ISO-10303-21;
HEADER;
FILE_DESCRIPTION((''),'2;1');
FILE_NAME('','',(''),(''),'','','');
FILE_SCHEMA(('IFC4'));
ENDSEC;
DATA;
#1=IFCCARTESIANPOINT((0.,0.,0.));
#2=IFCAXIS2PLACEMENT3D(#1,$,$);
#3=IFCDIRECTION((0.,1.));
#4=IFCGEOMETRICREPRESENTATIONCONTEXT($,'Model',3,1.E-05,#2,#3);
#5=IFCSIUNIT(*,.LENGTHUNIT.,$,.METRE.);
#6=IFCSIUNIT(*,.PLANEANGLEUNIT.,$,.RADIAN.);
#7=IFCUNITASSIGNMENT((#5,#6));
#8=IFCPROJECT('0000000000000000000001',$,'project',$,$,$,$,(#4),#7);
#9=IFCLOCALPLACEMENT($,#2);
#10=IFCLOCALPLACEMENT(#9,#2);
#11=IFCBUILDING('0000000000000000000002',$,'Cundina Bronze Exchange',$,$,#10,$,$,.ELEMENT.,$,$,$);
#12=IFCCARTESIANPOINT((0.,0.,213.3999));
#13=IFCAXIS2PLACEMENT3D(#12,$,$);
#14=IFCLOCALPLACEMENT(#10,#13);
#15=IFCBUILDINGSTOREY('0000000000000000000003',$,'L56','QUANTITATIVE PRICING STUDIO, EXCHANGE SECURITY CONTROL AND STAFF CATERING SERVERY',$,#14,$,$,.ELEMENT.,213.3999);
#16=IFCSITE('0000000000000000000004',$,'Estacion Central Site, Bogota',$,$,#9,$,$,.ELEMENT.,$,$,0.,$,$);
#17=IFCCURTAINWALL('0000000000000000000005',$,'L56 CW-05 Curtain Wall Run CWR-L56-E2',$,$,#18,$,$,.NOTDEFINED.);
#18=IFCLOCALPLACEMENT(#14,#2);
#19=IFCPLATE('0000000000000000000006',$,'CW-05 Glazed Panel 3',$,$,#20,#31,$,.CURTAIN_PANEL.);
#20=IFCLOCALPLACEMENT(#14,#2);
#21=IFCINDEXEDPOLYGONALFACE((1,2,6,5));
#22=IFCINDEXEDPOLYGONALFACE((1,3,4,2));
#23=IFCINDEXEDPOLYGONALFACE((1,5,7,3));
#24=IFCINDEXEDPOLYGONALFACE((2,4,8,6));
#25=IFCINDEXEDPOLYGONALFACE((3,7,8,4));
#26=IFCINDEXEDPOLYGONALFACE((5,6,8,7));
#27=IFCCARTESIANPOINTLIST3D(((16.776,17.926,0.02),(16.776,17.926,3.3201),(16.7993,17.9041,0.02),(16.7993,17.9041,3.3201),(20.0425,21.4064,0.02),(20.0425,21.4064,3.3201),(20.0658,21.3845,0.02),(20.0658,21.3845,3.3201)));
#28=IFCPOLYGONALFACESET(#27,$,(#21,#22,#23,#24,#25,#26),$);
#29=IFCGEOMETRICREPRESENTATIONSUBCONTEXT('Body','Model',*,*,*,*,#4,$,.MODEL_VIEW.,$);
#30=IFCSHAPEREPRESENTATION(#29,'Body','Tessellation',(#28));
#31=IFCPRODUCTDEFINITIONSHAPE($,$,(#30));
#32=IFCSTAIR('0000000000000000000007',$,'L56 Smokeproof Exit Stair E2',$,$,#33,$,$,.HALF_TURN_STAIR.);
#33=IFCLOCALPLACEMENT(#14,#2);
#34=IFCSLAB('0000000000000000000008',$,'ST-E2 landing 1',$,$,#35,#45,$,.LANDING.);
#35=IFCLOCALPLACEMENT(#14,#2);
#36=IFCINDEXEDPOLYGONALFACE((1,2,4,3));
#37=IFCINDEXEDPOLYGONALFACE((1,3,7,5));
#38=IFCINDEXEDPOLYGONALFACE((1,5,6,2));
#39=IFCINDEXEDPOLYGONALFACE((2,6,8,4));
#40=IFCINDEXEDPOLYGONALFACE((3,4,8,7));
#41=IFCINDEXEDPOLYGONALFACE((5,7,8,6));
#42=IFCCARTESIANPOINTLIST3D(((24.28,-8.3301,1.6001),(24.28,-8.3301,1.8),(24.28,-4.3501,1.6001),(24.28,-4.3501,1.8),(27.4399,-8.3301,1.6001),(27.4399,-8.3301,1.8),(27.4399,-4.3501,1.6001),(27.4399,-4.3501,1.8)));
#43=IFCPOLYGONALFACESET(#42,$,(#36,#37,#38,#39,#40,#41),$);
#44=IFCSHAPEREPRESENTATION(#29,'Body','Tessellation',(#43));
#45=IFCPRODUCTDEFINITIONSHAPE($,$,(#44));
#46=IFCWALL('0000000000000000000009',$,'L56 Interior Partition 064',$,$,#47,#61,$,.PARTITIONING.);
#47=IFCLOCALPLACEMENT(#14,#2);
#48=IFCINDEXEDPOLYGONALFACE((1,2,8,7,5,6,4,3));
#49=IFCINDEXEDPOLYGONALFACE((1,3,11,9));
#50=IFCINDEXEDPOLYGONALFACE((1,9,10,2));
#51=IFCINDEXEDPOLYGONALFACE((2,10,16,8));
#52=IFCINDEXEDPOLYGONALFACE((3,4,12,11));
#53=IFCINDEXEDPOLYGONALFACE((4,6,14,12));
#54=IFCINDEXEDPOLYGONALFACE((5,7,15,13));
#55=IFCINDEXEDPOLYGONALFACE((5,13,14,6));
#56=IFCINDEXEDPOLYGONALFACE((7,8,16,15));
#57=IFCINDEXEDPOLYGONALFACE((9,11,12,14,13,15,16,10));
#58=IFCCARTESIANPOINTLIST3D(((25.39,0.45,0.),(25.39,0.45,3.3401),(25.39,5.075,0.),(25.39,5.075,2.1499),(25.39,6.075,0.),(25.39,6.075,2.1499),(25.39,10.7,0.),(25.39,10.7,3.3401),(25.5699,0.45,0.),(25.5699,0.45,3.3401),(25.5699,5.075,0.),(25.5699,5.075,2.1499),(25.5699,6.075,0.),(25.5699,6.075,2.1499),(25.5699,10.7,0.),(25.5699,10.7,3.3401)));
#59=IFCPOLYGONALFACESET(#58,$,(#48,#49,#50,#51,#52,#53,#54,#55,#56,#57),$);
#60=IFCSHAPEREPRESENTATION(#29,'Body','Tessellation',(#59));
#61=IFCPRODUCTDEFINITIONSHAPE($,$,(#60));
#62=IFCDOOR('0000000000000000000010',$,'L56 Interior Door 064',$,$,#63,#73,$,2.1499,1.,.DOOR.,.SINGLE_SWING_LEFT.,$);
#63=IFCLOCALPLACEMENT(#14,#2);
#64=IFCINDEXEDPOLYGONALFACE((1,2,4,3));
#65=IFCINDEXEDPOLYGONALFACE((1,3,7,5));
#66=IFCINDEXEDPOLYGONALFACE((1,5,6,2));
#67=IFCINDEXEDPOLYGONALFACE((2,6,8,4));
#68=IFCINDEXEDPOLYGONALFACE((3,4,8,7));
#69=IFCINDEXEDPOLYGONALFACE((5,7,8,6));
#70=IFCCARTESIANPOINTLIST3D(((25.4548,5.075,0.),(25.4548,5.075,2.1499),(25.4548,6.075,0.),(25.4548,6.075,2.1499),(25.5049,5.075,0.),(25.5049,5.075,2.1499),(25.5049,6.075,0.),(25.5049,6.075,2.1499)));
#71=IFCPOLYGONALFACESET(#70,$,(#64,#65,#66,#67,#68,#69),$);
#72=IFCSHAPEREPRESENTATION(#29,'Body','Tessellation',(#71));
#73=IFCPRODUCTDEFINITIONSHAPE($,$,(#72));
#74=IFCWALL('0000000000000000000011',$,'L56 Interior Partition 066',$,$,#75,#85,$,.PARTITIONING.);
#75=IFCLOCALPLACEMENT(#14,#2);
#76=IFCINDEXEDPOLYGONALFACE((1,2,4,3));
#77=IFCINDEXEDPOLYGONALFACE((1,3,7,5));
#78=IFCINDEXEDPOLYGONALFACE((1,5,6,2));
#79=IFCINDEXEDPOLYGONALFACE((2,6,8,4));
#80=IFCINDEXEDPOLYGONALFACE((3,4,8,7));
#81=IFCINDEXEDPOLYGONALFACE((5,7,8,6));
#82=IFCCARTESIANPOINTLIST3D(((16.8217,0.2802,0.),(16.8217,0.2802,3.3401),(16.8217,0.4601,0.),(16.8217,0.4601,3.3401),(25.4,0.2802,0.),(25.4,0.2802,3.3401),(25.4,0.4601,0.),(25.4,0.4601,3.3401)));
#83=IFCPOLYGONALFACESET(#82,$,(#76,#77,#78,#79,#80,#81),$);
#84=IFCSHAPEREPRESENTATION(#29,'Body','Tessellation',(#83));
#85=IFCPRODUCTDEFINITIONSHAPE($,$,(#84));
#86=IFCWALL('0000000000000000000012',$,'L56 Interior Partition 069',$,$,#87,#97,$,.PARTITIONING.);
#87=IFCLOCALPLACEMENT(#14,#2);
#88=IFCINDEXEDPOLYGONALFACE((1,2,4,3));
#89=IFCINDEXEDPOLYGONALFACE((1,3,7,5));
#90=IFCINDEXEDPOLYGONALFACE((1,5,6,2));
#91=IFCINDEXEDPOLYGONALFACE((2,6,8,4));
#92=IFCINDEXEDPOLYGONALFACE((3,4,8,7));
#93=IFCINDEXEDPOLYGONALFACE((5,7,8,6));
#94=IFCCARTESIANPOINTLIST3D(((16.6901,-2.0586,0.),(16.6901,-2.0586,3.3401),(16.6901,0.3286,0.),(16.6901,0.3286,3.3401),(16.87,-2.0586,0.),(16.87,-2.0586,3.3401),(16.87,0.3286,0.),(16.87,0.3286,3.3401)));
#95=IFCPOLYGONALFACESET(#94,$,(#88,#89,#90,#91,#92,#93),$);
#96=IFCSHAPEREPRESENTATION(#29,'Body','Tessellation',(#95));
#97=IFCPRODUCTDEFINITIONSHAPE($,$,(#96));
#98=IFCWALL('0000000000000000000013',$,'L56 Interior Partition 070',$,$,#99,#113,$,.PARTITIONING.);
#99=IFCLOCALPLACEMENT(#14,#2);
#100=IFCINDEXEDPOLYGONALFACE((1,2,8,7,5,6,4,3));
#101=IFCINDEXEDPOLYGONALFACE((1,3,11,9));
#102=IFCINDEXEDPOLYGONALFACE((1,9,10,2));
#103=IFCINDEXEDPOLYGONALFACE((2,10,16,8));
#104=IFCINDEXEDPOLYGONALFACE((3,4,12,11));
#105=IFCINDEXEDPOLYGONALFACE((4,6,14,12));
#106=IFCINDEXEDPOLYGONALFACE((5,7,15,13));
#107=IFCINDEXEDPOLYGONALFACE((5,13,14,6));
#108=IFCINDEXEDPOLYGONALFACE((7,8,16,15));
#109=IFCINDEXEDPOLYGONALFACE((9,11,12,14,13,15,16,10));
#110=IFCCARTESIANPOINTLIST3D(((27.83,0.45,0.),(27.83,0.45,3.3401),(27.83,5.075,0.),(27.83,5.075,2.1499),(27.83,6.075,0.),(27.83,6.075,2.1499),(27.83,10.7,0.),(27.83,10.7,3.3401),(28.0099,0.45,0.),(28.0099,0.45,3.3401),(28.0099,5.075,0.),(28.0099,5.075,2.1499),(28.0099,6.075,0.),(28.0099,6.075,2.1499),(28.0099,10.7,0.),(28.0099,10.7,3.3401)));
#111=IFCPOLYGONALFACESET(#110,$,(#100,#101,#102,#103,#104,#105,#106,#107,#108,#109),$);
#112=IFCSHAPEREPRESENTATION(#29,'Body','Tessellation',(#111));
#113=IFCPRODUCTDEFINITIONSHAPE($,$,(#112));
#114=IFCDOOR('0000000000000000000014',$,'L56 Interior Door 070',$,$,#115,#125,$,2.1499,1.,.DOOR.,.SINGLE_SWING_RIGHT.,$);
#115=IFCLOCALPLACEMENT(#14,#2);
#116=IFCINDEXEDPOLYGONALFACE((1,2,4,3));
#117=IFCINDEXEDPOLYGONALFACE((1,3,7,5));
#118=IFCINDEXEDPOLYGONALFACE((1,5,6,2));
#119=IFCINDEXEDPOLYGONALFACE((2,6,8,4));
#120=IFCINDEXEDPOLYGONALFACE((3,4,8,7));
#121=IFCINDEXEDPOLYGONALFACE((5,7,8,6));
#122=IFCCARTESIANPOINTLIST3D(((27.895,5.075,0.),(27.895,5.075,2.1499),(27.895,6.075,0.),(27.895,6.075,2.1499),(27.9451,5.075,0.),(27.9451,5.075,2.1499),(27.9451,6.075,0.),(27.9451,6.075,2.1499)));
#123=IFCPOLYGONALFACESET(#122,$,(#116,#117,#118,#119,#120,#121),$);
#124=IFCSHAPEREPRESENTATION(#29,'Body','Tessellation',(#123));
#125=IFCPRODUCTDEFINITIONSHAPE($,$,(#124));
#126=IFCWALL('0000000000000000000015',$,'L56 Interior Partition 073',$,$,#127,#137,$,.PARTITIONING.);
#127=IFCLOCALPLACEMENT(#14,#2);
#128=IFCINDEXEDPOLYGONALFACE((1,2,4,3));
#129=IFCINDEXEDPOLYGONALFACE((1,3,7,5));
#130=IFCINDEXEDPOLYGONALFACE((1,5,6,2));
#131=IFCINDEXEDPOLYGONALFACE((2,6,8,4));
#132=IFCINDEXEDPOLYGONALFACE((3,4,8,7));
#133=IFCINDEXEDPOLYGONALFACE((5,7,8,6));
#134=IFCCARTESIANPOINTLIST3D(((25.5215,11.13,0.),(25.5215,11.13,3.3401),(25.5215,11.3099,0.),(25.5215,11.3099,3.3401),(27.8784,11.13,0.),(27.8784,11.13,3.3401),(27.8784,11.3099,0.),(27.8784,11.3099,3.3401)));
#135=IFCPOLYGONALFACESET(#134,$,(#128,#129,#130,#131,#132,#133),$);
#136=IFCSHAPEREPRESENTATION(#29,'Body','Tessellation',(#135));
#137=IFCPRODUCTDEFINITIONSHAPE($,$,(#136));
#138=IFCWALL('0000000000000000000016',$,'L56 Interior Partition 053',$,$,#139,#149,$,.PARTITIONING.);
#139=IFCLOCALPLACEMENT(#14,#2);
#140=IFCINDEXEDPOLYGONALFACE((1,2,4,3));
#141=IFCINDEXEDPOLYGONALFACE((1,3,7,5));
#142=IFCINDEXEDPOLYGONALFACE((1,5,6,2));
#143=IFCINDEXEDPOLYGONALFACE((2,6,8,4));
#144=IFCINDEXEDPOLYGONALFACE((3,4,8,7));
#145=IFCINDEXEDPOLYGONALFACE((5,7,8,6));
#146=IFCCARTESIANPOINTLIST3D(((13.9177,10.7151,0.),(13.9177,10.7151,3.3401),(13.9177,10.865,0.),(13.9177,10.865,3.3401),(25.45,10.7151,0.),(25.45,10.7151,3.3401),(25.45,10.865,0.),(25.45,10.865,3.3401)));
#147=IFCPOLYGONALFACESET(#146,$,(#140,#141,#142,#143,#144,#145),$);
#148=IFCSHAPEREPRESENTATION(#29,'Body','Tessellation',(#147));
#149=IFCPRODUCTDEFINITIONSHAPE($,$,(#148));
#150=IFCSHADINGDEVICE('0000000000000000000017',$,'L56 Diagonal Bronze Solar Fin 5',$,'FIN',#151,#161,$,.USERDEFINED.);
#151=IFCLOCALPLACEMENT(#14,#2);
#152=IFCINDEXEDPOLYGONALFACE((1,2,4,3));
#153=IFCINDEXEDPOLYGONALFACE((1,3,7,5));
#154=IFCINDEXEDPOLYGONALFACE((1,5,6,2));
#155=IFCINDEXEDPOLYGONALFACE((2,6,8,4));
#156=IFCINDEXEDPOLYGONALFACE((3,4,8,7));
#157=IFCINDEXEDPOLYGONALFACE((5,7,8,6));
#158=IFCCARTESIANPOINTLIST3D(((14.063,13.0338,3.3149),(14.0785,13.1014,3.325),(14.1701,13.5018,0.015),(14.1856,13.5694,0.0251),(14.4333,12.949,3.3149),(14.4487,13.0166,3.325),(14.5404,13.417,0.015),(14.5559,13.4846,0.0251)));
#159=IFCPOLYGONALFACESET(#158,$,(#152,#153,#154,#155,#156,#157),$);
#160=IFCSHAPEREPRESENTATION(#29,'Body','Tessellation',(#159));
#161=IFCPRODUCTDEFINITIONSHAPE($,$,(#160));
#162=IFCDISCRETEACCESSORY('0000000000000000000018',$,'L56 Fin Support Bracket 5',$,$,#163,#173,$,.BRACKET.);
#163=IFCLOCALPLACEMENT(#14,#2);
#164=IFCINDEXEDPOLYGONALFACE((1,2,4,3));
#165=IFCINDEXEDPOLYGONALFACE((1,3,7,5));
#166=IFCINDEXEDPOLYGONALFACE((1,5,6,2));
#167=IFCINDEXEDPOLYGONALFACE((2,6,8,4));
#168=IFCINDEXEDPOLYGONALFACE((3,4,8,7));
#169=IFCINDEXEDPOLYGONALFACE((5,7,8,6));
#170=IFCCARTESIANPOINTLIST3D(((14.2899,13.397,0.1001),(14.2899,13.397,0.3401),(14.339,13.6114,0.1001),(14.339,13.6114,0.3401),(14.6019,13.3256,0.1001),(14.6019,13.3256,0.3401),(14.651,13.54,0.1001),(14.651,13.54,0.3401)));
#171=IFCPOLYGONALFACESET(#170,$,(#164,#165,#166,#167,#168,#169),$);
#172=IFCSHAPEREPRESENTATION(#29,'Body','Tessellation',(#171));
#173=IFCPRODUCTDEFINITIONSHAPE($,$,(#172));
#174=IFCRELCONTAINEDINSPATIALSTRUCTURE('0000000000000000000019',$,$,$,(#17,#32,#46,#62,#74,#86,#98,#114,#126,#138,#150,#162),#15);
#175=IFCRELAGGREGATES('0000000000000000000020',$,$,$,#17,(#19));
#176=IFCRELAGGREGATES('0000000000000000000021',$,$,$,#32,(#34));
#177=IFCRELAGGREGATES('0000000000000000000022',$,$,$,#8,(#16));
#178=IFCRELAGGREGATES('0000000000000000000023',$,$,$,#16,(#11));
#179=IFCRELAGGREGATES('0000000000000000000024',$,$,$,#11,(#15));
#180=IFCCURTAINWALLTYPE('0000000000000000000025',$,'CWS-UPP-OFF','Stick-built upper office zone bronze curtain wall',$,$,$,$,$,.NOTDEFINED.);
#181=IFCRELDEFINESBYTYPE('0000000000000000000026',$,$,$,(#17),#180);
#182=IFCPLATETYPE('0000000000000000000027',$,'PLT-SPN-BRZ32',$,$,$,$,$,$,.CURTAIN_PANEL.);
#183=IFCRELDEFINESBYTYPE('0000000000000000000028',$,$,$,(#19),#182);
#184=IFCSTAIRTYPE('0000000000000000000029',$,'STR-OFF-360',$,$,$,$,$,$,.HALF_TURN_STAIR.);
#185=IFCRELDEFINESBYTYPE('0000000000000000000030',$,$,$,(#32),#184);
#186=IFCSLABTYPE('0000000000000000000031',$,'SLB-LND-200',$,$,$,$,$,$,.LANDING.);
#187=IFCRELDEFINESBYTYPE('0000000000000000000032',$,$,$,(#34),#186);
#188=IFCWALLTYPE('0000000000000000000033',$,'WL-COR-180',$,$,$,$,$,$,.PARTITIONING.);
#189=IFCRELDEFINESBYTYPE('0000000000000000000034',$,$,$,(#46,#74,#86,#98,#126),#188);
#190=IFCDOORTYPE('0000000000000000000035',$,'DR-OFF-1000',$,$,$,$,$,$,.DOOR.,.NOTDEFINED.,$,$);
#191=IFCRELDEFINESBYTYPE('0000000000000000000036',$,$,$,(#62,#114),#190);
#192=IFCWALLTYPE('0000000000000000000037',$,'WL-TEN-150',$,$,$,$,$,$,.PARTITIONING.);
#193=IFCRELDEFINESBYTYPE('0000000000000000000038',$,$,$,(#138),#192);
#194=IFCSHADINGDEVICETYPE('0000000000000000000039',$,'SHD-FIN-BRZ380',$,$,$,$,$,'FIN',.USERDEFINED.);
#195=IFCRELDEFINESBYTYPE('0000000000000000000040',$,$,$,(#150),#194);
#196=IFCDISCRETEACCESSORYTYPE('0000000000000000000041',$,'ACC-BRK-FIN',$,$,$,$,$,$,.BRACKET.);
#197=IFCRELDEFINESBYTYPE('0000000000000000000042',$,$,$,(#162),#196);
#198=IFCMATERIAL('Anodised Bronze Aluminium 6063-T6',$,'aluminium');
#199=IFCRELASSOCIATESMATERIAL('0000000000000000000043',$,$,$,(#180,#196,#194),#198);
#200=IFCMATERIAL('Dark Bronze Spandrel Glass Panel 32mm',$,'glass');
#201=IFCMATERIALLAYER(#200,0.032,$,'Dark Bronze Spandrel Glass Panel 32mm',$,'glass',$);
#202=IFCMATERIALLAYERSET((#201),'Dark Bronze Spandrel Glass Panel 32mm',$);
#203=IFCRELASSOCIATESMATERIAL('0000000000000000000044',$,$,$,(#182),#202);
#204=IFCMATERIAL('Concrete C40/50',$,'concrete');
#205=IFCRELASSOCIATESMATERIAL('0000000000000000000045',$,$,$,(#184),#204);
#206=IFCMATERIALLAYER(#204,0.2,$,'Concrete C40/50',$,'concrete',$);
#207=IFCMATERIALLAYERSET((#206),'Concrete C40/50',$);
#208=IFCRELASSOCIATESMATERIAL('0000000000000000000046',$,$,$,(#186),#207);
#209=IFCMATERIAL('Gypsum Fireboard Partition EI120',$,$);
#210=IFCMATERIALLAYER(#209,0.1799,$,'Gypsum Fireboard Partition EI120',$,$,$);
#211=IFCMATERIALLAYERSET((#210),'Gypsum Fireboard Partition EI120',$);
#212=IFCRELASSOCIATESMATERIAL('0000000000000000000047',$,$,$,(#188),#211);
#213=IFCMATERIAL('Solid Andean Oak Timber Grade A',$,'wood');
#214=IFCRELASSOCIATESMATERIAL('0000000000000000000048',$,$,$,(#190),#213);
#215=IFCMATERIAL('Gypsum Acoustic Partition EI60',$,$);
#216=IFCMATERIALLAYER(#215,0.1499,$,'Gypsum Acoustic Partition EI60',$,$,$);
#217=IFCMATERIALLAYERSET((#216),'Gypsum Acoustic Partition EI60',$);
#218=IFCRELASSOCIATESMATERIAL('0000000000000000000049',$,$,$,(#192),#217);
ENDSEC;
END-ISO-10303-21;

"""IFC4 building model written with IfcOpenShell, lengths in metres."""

from ifc_helpers import new_model, si_unit, direction, frame, frame_2d, origin, origin_2d, place, context, subcontext, project, spatial, polyline, rectangle, outline, extrude, material, layer, layer_set, material_profile, profile_set, type_object, element, fill, aggregate, save


model = new_model("IFC4")

# Units and contexts
model_context = context("Model", 3, precision=1e-05, world=origin(), true_north=direction((0.0, 1.0)))
body_context = subcontext(model_context, "Body", "Model", "MODEL_VIEW")
ifc_project = project(units=[si_unit("LENGTHUNIT", "METRE"), si_unit("PLANEANGLEUNIT", "RADIAN")], contexts=[model_context])

# Site, building, storey
site_placement = place(None, origin())
site = spatial("IfcSite", under=ifc_project, at=site_placement, Name="Estacion Central Site, Bogota", CompositionType="ELEMENT", RefElevation=0.0)
building_placement = place(site_placement, origin())
building = spatial("IfcBuilding", under=site, at=building_placement, Name="Cundina Bronze Exchange", CompositionType="ELEMENT")
storey_placement = place(building_placement, frame((0.0, 0.0, 213.3999)))
storey = spatial("IfcBuildingStorey", under=building, at=storey_placement, Name="L56", Description="QUANTITATIVE PRICING STUDIO, EXCHANGE SECURITY CONTROL AND STAFF CATERING SERVERY", CompositionType="ELEMENT", Elevation=213.3999)

# Curtain wall, plate
ifc_material_1 = material(Name="Anodised Bronze Aluminium 6063-T6", Category="aluminium")
curtain_wall_type = type_object("IfcCurtainWallType", Name="CWS-UPP-OFF", Description="Stick-built upper office zone bronze curtain wall", PredefinedType="NOTDEFINED", material=ifc_material_1)
curtain_wall_placement = place(storey_placement, origin())
curtain_wall = element("IfcCurtainWall", 1, at=curtain_wall_placement, inside=storey, type_object=curtain_wall_type, Name="L56 CW-05 Curtain Wall Run CWR-L56-E2", PredefinedType="NOTDEFINED")
ifc_material_2 = material(Name="Dark Bronze Spandrel Glass Panel 32mm", Category="glass")
ifc_layer_1 = layer(ifc_material_2, 0.032, Name="Dark Bronze Spandrel Glass Panel 32mm", Category="glass")
ifc_layer_set_1 = layer_set([ifc_layer_1], Name="Dark Bronze Spandrel Glass Panel 32mm")
plate_type_1 = type_object("IfcPlateType", Name="PLT-SPN-BRZ32", PredefinedType="CURTAIN_PANEL", material=ifc_layer_set_1)
plate_1_placement = place(storey_placement, frame((18.4209, 19.6553, 0.02), z_axis=(0.0, 0.0, 1.0), x_axis=(-0.684344, -0.72916, 0.0)))
plate_1 = element("IfcPlate", 2, at=plate_1_placement, type_object=plate_type_1, Name="CW-05 Glazed Panel 3", PredefinedType="CURTAIN_PANEL", context=body_context, shape_type="SweptSolid", body=[
    extrude(rectangle(XDim=4.7732, YDim=0.032, at=origin_2d()), origin(), (0.0, 0.0, 1.0), 3.3),
])
aggregate(curtain_wall, [plate_1])

# Stair, slab
ifc_material_3 = material(Name="Concrete C40/50", Category="concrete")
stair_type = type_object("IfcStairType", Name="STR-OFF-360", PredefinedType="HALF_TURN_STAIR", material=ifc_material_3)
stair_placement = place(storey_placement, origin())
stair = element("IfcStair", 3, at=stair_placement, inside=storey, type_object=stair_type, Name="L56 Smokeproof Exit Stair E2", PredefinedType="HALF_TURN_STAIR")
ifc_layer_2 = layer(ifc_material_3, 0.2, Name="Concrete C40/50", Category="concrete")
ifc_layer_set_2 = layer_set([ifc_layer_2], Name="Concrete C40/50")
slab_type = type_object("IfcSlabType", Name="SLB-LND-200", PredefinedType="LANDING", material=ifc_layer_set_2)
slab_placement = place(storey_placement, frame((0.0, 0.0, 1.6001)))
slab = element("IfcSlab", 4, at=slab_placement, type_object=slab_type, Name="ST-E2 landing 1", PredefinedType="LANDING", context=body_context, shape_type="SweptSolid", body=[
    extrude(outline(polyline([(27.4399, -8.3301), (27.4399, -4.3501), (24.28, -4.3501), (24.28, -8.3301), (27.4399, -8.3301)])), origin(), (0.0, 0.0, 1.0), 0.2),
])
aggregate(stair, [slab])

# Wall, opening, door
ifc_material_4 = material(Name="Gypsum Fireboard Partition EI120")
ifc_layer_3 = layer(ifc_material_4, 0.1799, Name="Gypsum Fireboard Partition EI120")
ifc_layer_set_3 = layer_set([ifc_layer_3], Name="Gypsum Fireboard Partition EI120")
wall_type_1 = type_object("IfcWallType", Name="WL-COR-180", PredefinedType="PARTITIONING", material=ifc_layer_set_3)
wall_1_placement = place(storey_placement, frame((25.48, 10.7, 0.0), z_axis=(0.0, 0.0, 1.0), x_axis=(0.0, -1.0, 0.0)))
wall_1 = element("IfcWall", 5, at=wall_1_placement, inside=storey, type_object=wall_type_1, Name="L56 Interior Partition 064", PredefinedType="PARTITIONING", context=body_context, shape_type="SweptSolid", body=[
    extrude(rectangle(XDim=10.25, YDim=0.1799, at=frame_2d((5.125, 0.0))), origin(), (0.0, 0.0, 1.0), 3.3401),
])
opening_1_placement = place(wall_1_placement, frame((4.625, 0.0, 0.0)))
opening_1 = element("IfcOpeningElement", 6, at=opening_1_placement, cuts=wall_1, PredefinedType="OPENING", context=body_context, shape_type="SweptSolid", body=[
    extrude(rectangle(XDim=1.0, YDim=2.1499, at=frame_2d((0.5, 1.075))), frame((0.0, 0.0999, 0.0), z_axis=(0.0, -1.0, 0.0), x_axis=(1.0, 0.0, 0.0)), (0.0, 0.0, 1.0), 0.2),
])
ifc_material_5 = material(Name="Solid Andean Oak Timber Grade A", Category="wood")
door_type = type_object("IfcDoorType", Name="DR-OFF-1000", OperationType="NOTDEFINED", PredefinedType="DOOR", material=ifc_material_5)
door_1_placement = place(opening_1_placement, origin())
door_1 = element("IfcDoor", 7, at=door_1_placement, inside=storey, type_object=door_type, Name="L56 Interior Door 064", OperationType="SINGLE_SWING_LEFT", OverallHeight=2.1499, OverallWidth=1.0, PredefinedType="DOOR", context=body_context, shape_type="SweptSolid", body=[
    extrude(rectangle(XDim=1.0, YDim=2.1499, at=frame_2d((0.5, 1.075))), frame((0.0, 0.0249, 0.0), z_axis=(0.0, -1.0, 0.0), x_axis=(1.0, 0.0, 0.0)), (0.0, 0.0, 1.0), 0.05),
])
fill(opening_1, door_1)

# Walls
wall_2_placement = place(storey_placement, frame((25.3999, 0.3701, 0.0), z_axis=(0.0, 0.0, 1.0), x_axis=(-1.0, 0.0, 0.0)))
element("IfcWall", 8, at=wall_2_placement, inside=storey, type_object=wall_type_1, Name="L56 Interior Partition 066", PredefinedType="PARTITIONING", context=body_context, shape_type="SweptSolid", body=[
    extrude(rectangle(XDim=8.5784, YDim=0.1799, at=frame_2d((4.2891, 0.0))), origin(), (0.0, 0.0, 1.0), 3.3401),
])
wall_3_placement = place(storey_placement, frame((16.78, 0.3286, 0.0), z_axis=(0.0, 0.0, 1.0), x_axis=(0.0, -1.0, 0.0)))
element("IfcWall", 9, at=wall_3_placement, inside=storey, type_object=wall_type_1, Name="L56 Interior Partition 069", PredefinedType="PARTITIONING", context=body_context, shape_type="SweptSolid", body=[
    extrude(rectangle(XDim=2.3872, YDim=0.1799, at=frame_2d((1.1936, 0.0))), origin(), (0.0, 0.0, 1.0), 3.3401),
])

# Wall, opening, door
wall_4_placement = place(storey_placement, frame((27.9199, 0.45, 0.0), z_axis=(0.0, 0.0, 1.0), x_axis=(0.0, 1.0, 0.0)))
wall_4 = element("IfcWall", 10, at=wall_4_placement, inside=storey, type_object=wall_type_1, Name="L56 Interior Partition 070", PredefinedType="PARTITIONING", context=body_context, shape_type="SweptSolid", body=[
    extrude(rectangle(XDim=10.25, YDim=0.1799, at=frame_2d((5.125, 0.0))), origin(), (0.0, 0.0, 1.0), 3.3401),
])
opening_2_placement = place(wall_4_placement, frame((4.625, 0.0, 0.0)))
opening_2 = element("IfcOpeningElement", 11, at=opening_2_placement, cuts=wall_4, PredefinedType="OPENING", context=body_context, shape_type="SweptSolid", body=[
    extrude(rectangle(XDim=1.0, YDim=2.1499, at=frame_2d((0.5, 1.075))), frame((0.0, 0.0999, 0.0), z_axis=(0.0, -1.0, 0.0), x_axis=(1.0, 0.0, 0.0)), (0.0, 0.0, 1.0), 0.2),
])
door_2_placement = place(opening_2_placement, origin())
door_2 = element("IfcDoor", 12, at=door_2_placement, inside=storey, type_object=door_type, Name="L56 Interior Door 070", OperationType="SINGLE_SWING_RIGHT", OverallHeight=2.1499, OverallWidth=1.0, PredefinedType="DOOR", context=body_context, shape_type="SweptSolid", body=[
    extrude(rectangle(XDim=1.0, YDim=2.1499, at=frame_2d((0.5, 1.075))), frame((0.0, 0.0249, 0.0), z_axis=(0.0, -1.0, 0.0), x_axis=(1.0, 0.0, 0.0)), (0.0, 0.0, 1.0), 0.05),
])
fill(opening_2, door_2)

# Walls
wall_5_placement = place(storey_placement, frame((27.8784, 11.22, 0.0), z_axis=(0.0, 0.0, 1.0), x_axis=(-1.0, 0.0, 0.0)))
element("IfcWall", 13, at=wall_5_placement, inside=storey, type_object=wall_type_1, Name="L56 Interior Partition 073", PredefinedType="PARTITIONING", context=body_context, shape_type="SweptSolid", body=[
    extrude(rectangle(XDim=2.3569, YDim=0.1799, at=frame_2d((1.1785, 0.0))), origin(), (0.0, 0.0, 1.0), 3.3401),
])
ifc_material_6 = material(Name="Gypsum Acoustic Partition EI60")
ifc_layer_4 = layer(ifc_material_6, 0.1499, Name="Gypsum Acoustic Partition EI60")
ifc_layer_set_4 = layer_set([ifc_layer_4], Name="Gypsum Acoustic Partition EI60")
wall_type_2 = type_object("IfcWallType", Name="WL-TEN-150", PredefinedType="PARTITIONING", material=ifc_layer_set_4)
wall_6_placement = place(storey_placement, frame((13.9177, 10.79, 0.0), z_axis=(0.0, 0.0, 1.0), x_axis=(1.0, 0.0, 0.0)))
element("IfcWall", 14, at=wall_6_placement, inside=storey, type_object=wall_type_2, Name="L56 Interior Partition 053", PredefinedType="PARTITIONING", context=body_context, shape_type="SweptSolid", body=[
    extrude(rectangle(XDim=11.5322, YDim=0.1499, at=frame_2d((5.7661, 0.0))), origin(), (0.0, 0.0, 1.0), 3.3401),
])

# Shading device
ifc_material_profile_1 = material_profile(ifc_material_1, rectangle(XDim=0.0701, YDim=0.3799, at=origin_2d()), Name="FIN70X380", Category="aluminium")
ifc_profile_set_1 = profile_set([ifc_material_profile_1], Name="Anodised Bronze Aluminium 6063-T6")
shading_device_type = type_object("IfcShadingDeviceType", Name="SHD-FIN-BRZ380", ElementType="FIN", PredefinedType="USERDEFINED", material=ifc_profile_set_1)
shading_device_placement = place(storey_placement, frame((14.363, 13.4932, 0.02), z_axis=(-0.032139, -0.140344, 0.989581), x_axis=(0.220899, 0.964611, 0.143977)))
element("IfcShadingDevice", 15, at=shading_device_placement, inside=storey, type_object=shading_device_type, Name="L56 Diagonal Bronze Solar Fin 5", ObjectType="FIN", PredefinedType="USERDEFINED", context=body_context, shape_type="SweptSolid", body=[
    extrude(rectangle(XDim=0.0701, YDim=0.3799, at=origin_2d()), origin(), (0.0, 0.0, 1.0), 3.3347),
])

# Discrete accessory
discrete_accessory_type = type_object("IfcDiscreteAccessoryType", Name="ACC-BRK-FIN", PredefinedType="BRACKET", material=ifc_material_1)
discrete_accessory_placement = place(storey_placement, frame((14.4705, 13.4685, 0.1001), z_axis=(0.0, 0.0, 1.0), x_axis=(-0.223284, -0.974753, 0.0)))
element("IfcDiscreteAccessory", 16, at=discrete_accessory_placement, inside=storey, type_object=discrete_accessory_type, Name="L56 Fin Support Bracket 5", PredefinedType="BRACKET", context=body_context, shape_type="SweptSolid", body=[
    extrude(rectangle(XDim=0.22, YDim=0.3201, at=origin_2d()), origin(), (0.0, 0.0, 1.0), 0.24),
])

save(model, "model.ifc")
